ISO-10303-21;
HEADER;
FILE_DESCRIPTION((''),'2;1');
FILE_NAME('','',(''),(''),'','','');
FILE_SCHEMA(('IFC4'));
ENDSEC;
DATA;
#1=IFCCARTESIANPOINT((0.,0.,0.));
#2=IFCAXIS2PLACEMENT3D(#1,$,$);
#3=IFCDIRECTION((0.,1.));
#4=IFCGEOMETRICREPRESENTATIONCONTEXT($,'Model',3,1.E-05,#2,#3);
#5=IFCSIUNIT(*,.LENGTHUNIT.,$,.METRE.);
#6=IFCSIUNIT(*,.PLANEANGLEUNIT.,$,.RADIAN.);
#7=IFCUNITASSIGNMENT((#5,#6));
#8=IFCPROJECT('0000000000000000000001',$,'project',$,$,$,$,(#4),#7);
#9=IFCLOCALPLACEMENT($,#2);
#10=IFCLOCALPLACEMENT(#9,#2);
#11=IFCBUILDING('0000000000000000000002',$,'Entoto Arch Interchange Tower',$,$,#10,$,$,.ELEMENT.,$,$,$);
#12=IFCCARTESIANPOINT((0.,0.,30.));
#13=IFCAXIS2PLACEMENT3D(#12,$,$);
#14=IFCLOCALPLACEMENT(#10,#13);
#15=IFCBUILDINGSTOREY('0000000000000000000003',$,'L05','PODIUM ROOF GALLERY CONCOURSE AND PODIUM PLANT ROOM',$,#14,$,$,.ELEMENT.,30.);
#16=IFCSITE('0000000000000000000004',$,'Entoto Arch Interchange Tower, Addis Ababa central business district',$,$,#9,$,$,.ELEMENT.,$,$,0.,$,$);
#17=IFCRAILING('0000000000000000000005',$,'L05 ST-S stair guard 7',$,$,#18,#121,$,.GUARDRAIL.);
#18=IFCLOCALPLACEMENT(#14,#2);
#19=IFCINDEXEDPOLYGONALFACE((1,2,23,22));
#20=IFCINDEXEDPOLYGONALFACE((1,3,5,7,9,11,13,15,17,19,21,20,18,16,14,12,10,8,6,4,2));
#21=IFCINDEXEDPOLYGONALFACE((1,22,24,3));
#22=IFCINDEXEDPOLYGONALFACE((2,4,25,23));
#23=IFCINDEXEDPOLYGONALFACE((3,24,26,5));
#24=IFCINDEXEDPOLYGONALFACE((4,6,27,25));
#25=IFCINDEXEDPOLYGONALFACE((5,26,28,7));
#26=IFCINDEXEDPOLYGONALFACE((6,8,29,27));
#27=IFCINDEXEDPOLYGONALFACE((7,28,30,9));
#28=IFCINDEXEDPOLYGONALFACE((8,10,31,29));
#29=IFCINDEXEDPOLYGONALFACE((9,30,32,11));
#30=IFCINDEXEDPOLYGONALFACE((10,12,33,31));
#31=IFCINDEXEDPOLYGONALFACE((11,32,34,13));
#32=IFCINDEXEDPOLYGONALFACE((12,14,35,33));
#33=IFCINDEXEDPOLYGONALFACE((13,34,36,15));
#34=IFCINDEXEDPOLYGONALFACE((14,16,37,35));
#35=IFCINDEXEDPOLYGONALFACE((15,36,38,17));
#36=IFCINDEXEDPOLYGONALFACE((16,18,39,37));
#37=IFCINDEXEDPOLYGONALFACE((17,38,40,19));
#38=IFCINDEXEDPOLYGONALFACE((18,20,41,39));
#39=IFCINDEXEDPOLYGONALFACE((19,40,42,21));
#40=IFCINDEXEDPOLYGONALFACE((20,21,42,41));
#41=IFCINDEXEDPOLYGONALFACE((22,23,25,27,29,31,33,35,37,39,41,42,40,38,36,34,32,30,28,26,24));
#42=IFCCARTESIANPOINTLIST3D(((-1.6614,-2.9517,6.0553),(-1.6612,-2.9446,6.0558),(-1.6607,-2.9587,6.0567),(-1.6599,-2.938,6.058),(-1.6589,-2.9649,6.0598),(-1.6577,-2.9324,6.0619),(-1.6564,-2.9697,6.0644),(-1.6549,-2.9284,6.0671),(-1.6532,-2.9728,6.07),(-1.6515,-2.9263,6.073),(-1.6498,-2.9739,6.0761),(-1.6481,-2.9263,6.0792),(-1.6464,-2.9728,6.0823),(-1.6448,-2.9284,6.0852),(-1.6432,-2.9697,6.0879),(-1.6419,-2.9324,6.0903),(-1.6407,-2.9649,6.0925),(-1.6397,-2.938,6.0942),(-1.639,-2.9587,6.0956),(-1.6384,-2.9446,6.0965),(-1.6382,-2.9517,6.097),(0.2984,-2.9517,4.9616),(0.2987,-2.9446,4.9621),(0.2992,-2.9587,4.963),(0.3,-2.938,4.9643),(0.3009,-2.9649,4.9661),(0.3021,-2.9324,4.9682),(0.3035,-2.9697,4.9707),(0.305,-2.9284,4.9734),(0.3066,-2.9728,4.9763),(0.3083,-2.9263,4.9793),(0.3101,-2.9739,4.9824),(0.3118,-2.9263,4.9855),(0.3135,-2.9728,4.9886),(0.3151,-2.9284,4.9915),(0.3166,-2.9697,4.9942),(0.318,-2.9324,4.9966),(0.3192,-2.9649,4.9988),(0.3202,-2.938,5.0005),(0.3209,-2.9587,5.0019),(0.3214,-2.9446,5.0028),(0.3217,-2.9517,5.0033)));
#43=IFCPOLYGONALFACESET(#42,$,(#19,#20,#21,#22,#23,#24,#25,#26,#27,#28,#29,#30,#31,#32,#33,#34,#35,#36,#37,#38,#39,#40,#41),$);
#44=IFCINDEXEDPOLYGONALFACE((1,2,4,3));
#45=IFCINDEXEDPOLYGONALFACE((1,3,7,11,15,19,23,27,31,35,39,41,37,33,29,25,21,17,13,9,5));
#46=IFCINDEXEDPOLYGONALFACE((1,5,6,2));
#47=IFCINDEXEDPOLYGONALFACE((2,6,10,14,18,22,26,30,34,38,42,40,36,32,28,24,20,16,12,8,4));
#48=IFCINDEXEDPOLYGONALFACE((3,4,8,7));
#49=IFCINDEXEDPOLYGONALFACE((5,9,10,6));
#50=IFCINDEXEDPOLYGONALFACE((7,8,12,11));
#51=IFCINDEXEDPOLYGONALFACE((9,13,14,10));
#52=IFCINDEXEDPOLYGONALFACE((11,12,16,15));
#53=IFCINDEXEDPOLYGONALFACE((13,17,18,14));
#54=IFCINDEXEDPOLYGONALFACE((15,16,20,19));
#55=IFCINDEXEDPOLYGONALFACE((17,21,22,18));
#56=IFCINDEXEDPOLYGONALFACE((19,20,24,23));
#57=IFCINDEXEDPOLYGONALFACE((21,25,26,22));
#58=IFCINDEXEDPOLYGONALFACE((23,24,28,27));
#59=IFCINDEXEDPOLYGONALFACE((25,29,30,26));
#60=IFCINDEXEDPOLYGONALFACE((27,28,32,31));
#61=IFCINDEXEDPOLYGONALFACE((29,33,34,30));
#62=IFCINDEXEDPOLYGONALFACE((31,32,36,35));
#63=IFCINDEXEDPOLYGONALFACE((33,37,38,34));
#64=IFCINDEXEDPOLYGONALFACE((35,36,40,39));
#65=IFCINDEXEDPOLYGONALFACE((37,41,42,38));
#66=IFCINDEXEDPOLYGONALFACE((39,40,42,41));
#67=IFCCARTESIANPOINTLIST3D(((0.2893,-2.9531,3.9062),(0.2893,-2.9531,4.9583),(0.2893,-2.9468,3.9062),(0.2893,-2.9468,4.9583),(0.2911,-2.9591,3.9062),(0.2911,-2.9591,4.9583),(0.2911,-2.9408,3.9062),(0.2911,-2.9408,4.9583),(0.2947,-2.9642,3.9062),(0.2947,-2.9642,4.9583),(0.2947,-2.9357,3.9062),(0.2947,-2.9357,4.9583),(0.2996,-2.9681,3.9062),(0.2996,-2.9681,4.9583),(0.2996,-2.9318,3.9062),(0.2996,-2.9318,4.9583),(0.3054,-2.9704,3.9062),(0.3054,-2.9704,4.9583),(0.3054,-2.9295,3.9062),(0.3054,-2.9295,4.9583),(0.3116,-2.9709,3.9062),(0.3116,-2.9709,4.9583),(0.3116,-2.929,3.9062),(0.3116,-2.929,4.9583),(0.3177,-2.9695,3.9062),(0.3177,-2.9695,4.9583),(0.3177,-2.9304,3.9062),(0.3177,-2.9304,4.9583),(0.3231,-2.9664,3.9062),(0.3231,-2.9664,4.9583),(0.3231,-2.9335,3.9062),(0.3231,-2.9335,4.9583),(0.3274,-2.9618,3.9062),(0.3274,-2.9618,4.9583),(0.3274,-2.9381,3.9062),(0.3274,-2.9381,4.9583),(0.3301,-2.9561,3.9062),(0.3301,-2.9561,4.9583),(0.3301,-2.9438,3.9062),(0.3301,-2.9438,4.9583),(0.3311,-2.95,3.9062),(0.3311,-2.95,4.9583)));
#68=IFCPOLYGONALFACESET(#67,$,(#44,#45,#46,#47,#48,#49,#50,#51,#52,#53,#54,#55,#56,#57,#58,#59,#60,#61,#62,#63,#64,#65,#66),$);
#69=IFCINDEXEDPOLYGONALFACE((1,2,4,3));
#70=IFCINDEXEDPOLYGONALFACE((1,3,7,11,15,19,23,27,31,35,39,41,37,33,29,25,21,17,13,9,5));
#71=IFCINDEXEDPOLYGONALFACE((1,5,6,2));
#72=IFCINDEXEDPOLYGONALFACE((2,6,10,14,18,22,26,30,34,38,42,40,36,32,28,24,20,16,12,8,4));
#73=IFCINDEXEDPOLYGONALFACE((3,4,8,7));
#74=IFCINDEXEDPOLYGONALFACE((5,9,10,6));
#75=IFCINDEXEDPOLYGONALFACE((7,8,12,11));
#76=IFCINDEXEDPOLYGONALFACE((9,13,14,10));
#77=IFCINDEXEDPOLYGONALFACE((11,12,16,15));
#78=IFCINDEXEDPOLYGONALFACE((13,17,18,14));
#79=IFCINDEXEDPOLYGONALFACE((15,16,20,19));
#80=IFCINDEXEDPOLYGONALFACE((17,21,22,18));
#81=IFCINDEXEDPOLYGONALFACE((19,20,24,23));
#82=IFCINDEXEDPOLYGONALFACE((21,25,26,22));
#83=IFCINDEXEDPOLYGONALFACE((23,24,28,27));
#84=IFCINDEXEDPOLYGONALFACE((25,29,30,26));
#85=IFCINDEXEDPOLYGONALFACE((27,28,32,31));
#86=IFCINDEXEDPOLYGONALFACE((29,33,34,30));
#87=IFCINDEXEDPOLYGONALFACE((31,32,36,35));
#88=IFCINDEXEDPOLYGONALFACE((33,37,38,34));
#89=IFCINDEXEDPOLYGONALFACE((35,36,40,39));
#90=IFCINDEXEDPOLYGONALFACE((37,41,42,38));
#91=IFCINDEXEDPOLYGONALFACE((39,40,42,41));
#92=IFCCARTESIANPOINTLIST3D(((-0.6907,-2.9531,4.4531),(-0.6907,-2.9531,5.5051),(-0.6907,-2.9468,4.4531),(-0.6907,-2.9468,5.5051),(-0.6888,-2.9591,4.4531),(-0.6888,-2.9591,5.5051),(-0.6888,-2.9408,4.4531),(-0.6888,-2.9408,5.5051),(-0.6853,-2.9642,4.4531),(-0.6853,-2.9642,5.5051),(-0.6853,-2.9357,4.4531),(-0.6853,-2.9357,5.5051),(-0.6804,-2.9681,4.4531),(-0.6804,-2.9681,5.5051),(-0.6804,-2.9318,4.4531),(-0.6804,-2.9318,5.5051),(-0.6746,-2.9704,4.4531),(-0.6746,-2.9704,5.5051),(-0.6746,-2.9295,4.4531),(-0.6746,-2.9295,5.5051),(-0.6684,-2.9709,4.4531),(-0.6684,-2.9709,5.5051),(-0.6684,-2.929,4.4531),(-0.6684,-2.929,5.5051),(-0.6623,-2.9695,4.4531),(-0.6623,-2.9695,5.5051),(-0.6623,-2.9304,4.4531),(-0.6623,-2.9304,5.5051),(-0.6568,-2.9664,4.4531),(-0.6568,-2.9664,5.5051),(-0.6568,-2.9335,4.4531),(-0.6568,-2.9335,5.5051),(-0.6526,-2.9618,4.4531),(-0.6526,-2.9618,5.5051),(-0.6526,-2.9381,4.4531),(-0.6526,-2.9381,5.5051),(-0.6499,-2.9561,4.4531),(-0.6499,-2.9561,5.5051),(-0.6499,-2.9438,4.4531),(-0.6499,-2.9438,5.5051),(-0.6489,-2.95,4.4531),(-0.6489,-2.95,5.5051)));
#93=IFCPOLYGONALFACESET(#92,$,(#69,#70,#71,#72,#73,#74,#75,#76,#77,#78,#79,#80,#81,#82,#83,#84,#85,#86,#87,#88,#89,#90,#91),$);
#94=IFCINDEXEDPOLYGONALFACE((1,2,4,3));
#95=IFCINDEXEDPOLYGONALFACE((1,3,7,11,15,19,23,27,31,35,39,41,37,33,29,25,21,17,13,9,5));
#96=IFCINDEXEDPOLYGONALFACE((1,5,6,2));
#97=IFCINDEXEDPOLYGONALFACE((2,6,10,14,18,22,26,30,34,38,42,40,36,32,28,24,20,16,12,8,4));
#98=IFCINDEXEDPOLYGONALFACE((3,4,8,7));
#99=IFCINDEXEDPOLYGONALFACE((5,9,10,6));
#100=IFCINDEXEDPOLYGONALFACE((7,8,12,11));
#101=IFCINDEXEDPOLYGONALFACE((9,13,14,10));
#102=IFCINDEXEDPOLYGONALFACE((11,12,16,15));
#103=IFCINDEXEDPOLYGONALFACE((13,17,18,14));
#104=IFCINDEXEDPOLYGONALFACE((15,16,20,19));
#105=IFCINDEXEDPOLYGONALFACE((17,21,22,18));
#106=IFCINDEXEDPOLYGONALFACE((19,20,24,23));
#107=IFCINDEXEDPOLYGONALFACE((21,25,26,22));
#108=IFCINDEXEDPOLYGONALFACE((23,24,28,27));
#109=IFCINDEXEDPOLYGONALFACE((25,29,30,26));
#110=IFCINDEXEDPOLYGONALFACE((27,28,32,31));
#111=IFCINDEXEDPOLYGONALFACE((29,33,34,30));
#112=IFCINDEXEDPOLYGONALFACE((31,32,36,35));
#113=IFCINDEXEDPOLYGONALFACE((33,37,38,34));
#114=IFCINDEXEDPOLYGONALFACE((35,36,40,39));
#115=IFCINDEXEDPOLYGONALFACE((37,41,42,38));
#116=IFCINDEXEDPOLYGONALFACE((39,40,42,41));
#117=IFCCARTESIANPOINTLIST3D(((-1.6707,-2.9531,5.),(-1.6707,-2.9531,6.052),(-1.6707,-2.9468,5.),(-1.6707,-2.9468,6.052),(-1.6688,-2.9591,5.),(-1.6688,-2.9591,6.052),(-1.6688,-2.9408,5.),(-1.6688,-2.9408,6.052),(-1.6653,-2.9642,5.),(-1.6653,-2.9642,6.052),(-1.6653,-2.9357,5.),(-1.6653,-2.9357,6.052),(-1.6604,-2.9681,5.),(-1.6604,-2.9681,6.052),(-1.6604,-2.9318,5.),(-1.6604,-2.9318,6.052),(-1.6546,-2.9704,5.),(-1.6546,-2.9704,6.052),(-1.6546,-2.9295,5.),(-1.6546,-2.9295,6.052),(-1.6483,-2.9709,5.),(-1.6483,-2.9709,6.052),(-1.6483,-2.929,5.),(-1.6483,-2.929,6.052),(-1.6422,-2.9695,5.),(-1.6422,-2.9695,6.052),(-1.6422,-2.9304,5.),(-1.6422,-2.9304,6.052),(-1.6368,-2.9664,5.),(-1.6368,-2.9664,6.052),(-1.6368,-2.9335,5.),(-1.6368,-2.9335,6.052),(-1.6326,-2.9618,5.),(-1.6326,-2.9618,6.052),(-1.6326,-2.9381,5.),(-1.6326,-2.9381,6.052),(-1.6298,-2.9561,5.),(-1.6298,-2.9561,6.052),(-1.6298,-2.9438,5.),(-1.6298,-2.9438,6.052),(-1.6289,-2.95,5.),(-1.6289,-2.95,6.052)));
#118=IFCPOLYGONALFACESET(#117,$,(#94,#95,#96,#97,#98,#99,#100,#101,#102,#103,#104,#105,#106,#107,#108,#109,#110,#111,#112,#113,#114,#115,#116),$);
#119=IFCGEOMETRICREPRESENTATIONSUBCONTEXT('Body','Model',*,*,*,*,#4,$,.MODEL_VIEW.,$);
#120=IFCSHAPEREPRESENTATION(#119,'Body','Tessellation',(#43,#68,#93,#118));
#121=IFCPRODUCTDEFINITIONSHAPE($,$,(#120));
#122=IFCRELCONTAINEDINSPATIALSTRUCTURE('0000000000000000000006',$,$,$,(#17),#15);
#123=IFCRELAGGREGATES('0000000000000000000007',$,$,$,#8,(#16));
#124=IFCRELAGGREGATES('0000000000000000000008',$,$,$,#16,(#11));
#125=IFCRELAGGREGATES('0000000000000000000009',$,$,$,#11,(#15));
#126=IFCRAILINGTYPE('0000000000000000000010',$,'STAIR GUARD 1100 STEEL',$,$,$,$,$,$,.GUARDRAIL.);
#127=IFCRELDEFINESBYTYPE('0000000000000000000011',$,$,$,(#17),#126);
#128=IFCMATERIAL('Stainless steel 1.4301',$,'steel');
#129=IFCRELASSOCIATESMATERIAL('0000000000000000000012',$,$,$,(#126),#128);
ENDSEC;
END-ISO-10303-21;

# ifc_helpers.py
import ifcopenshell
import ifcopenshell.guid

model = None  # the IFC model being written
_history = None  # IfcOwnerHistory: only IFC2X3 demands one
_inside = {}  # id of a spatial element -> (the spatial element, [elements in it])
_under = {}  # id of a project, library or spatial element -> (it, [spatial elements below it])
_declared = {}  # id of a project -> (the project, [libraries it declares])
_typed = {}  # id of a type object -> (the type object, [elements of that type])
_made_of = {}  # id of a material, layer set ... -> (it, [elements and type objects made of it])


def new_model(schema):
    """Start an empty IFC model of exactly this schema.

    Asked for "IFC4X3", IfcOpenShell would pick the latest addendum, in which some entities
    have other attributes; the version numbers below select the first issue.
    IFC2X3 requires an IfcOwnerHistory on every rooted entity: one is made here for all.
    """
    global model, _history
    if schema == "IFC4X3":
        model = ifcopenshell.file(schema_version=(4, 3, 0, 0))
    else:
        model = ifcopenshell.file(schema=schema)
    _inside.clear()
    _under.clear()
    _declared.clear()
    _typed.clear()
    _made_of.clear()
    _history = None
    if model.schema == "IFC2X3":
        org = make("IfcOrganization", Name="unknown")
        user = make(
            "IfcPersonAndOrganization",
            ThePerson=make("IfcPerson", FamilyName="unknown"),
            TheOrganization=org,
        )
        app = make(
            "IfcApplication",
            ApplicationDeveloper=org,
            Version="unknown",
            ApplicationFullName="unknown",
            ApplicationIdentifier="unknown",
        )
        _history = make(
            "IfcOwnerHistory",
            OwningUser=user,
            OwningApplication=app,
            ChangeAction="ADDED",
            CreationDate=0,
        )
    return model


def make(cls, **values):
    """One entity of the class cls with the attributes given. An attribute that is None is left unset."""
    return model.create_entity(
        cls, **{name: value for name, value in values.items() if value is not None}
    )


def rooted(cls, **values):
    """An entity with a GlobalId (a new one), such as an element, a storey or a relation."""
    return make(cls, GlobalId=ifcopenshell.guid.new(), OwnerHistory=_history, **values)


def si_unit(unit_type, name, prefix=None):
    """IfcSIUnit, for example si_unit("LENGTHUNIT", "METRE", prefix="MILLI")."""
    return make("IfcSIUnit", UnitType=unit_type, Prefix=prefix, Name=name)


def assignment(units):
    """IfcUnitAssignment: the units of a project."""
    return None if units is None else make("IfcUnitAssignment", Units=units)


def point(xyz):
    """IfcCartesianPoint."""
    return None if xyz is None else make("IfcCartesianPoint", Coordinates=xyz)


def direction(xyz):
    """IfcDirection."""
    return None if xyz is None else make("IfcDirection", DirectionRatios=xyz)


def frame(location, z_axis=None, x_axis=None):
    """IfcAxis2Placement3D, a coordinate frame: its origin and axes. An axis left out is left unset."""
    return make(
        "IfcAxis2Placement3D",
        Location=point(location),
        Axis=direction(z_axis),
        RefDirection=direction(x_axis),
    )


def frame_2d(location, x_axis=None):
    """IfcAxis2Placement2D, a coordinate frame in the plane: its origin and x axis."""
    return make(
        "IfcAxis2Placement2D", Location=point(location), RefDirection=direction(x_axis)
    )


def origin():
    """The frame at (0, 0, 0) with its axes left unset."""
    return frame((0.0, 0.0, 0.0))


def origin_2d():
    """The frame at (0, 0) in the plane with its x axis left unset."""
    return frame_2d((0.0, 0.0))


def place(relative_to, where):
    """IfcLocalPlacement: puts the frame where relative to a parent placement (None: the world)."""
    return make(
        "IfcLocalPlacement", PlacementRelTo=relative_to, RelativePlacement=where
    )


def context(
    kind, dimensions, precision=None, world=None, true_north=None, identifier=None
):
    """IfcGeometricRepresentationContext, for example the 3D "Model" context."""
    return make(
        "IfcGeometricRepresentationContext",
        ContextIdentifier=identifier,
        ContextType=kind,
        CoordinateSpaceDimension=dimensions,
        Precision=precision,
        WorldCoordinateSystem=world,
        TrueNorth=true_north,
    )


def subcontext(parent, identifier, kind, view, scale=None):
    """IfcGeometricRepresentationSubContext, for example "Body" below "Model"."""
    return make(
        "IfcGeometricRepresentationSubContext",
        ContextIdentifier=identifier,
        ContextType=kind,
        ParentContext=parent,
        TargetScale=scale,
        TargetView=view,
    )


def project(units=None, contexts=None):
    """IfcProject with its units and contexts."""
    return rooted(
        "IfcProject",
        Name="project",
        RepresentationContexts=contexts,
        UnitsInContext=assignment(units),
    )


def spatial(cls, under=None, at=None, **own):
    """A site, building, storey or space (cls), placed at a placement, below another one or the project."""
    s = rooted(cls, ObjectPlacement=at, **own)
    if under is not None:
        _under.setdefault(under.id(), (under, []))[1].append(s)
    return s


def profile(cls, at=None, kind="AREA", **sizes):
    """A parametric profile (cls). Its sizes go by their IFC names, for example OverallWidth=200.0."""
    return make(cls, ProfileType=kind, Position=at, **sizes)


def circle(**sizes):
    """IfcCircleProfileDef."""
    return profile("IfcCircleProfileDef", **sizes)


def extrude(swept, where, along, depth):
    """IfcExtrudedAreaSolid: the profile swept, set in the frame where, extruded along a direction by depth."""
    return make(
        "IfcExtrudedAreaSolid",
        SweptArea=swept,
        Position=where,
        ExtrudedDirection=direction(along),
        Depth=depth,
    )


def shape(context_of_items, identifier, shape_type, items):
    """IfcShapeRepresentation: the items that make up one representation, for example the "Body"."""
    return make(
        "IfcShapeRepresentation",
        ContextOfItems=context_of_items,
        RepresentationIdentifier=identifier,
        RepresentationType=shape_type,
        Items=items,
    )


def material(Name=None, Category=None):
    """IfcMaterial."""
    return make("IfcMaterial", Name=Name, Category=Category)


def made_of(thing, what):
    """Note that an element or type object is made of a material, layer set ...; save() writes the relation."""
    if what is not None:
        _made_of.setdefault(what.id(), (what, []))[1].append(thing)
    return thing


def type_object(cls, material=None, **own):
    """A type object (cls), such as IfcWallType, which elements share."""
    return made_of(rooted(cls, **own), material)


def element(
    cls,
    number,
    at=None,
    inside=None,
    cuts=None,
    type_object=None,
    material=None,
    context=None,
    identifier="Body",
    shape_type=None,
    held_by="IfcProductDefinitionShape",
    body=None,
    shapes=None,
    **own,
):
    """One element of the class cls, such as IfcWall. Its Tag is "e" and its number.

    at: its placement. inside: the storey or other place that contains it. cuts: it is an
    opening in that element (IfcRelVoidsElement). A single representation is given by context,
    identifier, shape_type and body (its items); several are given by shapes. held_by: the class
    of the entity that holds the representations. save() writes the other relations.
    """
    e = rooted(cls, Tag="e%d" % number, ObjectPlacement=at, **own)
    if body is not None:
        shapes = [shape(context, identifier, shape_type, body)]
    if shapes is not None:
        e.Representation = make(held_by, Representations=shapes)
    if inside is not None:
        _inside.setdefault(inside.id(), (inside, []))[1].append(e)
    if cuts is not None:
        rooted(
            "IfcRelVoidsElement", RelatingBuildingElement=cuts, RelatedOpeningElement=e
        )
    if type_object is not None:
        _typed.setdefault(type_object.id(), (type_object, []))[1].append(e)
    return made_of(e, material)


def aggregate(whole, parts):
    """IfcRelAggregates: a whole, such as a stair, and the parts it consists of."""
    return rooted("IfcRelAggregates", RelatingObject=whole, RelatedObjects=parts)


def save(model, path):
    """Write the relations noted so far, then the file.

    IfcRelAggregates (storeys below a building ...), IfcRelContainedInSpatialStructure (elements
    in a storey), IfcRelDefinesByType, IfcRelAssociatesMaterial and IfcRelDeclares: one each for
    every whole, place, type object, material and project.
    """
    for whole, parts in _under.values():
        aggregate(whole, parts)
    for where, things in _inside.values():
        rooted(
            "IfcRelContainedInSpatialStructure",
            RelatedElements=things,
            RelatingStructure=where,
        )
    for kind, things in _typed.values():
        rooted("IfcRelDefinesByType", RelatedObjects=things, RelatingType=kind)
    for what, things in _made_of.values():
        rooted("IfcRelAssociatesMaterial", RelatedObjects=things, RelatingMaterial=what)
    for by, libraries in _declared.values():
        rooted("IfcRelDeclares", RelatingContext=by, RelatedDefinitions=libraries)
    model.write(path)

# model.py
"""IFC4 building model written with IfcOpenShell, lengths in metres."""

from ifc_helpers import new_model, si_unit, direction, frame, origin, origin_2d, place, context, subcontext, project, spatial, circle, extrude, material, type_object, element, save


model = new_model("IFC4")

# Units and contexts
model_context = context("Model", 3, precision=1e-05, world=origin(), true_north=direction((0.0, 1.0)))
body_context = subcontext(model_context, "Body", "Model", "MODEL_VIEW")
ifc_project = project(units=[si_unit("LENGTHUNIT", "METRE"), si_unit("PLANEANGLEUNIT", "RADIAN")], contexts=[model_context])

# Site, building, storey
site_placement = place(None, origin())
site = spatial("IfcSite", under=ifc_project, at=site_placement, Name="Entoto Arch Interchange Tower, Addis Ababa central business district", CompositionType="ELEMENT", RefElevation=0.0)
building_placement = place(site_placement, origin())
building = spatial("IfcBuilding", under=site, at=building_placement, Name="Entoto Arch Interchange Tower", CompositionType="ELEMENT")
storey_placement = place(building_placement, frame((0.0, 0.0, 30.0)))
storey = spatial("IfcBuildingStorey", under=building, at=storey_placement, Name="L05", Description="PODIUM ROOF GALLERY CONCOURSE AND PODIUM PLANT ROOM", CompositionType="ELEMENT", Elevation=30.0)

# Railing
ifc_material_1 = material(Name="Stainless steel 1.4301", Category="steel")
railing_type_1 = type_object("IfcRailingType", Name="STAIR GUARD 1100 STEEL", PredefinedType="GUARDRAIL", material=ifc_material_1)
railing_placement = place(storey_placement, frame((0.3101, -2.95, 3.9062)))
element("IfcRailing", 1, at=railing_placement, inside=storey, type_object=railing_type_1, Name="L05 ST-S stair guard 7", PredefinedType="GUARDRAIL", context=body_context, shape_type="SweptSolid", body=[
    extrude(circle(Radius=0.0239, at=origin_2d()), frame((0.0, 0.0, 1.0762), z_axis=(-0.873232, 0.0, 0.487304), x_axis=(0.0, -1.0, 0.0)), (0.0, 0.0, 1.0), 2.2444),
    extrude(circle(Radius=0.021, at=origin_2d()), origin(), (0.0, 0.0, 1.0), 1.052),
    extrude(circle(Radius=0.021, at=origin_2d()), frame((-0.98, 0.0, 0.5469)), (0.0, 0.0, 1.0), 1.052),
    extrude(circle(Radius=0.021, at=origin_2d()), frame((-1.96, 0.0, 1.0938)), (0.0, 0.0, 1.0), 1.052),
])

save(model, "model.ifc")
